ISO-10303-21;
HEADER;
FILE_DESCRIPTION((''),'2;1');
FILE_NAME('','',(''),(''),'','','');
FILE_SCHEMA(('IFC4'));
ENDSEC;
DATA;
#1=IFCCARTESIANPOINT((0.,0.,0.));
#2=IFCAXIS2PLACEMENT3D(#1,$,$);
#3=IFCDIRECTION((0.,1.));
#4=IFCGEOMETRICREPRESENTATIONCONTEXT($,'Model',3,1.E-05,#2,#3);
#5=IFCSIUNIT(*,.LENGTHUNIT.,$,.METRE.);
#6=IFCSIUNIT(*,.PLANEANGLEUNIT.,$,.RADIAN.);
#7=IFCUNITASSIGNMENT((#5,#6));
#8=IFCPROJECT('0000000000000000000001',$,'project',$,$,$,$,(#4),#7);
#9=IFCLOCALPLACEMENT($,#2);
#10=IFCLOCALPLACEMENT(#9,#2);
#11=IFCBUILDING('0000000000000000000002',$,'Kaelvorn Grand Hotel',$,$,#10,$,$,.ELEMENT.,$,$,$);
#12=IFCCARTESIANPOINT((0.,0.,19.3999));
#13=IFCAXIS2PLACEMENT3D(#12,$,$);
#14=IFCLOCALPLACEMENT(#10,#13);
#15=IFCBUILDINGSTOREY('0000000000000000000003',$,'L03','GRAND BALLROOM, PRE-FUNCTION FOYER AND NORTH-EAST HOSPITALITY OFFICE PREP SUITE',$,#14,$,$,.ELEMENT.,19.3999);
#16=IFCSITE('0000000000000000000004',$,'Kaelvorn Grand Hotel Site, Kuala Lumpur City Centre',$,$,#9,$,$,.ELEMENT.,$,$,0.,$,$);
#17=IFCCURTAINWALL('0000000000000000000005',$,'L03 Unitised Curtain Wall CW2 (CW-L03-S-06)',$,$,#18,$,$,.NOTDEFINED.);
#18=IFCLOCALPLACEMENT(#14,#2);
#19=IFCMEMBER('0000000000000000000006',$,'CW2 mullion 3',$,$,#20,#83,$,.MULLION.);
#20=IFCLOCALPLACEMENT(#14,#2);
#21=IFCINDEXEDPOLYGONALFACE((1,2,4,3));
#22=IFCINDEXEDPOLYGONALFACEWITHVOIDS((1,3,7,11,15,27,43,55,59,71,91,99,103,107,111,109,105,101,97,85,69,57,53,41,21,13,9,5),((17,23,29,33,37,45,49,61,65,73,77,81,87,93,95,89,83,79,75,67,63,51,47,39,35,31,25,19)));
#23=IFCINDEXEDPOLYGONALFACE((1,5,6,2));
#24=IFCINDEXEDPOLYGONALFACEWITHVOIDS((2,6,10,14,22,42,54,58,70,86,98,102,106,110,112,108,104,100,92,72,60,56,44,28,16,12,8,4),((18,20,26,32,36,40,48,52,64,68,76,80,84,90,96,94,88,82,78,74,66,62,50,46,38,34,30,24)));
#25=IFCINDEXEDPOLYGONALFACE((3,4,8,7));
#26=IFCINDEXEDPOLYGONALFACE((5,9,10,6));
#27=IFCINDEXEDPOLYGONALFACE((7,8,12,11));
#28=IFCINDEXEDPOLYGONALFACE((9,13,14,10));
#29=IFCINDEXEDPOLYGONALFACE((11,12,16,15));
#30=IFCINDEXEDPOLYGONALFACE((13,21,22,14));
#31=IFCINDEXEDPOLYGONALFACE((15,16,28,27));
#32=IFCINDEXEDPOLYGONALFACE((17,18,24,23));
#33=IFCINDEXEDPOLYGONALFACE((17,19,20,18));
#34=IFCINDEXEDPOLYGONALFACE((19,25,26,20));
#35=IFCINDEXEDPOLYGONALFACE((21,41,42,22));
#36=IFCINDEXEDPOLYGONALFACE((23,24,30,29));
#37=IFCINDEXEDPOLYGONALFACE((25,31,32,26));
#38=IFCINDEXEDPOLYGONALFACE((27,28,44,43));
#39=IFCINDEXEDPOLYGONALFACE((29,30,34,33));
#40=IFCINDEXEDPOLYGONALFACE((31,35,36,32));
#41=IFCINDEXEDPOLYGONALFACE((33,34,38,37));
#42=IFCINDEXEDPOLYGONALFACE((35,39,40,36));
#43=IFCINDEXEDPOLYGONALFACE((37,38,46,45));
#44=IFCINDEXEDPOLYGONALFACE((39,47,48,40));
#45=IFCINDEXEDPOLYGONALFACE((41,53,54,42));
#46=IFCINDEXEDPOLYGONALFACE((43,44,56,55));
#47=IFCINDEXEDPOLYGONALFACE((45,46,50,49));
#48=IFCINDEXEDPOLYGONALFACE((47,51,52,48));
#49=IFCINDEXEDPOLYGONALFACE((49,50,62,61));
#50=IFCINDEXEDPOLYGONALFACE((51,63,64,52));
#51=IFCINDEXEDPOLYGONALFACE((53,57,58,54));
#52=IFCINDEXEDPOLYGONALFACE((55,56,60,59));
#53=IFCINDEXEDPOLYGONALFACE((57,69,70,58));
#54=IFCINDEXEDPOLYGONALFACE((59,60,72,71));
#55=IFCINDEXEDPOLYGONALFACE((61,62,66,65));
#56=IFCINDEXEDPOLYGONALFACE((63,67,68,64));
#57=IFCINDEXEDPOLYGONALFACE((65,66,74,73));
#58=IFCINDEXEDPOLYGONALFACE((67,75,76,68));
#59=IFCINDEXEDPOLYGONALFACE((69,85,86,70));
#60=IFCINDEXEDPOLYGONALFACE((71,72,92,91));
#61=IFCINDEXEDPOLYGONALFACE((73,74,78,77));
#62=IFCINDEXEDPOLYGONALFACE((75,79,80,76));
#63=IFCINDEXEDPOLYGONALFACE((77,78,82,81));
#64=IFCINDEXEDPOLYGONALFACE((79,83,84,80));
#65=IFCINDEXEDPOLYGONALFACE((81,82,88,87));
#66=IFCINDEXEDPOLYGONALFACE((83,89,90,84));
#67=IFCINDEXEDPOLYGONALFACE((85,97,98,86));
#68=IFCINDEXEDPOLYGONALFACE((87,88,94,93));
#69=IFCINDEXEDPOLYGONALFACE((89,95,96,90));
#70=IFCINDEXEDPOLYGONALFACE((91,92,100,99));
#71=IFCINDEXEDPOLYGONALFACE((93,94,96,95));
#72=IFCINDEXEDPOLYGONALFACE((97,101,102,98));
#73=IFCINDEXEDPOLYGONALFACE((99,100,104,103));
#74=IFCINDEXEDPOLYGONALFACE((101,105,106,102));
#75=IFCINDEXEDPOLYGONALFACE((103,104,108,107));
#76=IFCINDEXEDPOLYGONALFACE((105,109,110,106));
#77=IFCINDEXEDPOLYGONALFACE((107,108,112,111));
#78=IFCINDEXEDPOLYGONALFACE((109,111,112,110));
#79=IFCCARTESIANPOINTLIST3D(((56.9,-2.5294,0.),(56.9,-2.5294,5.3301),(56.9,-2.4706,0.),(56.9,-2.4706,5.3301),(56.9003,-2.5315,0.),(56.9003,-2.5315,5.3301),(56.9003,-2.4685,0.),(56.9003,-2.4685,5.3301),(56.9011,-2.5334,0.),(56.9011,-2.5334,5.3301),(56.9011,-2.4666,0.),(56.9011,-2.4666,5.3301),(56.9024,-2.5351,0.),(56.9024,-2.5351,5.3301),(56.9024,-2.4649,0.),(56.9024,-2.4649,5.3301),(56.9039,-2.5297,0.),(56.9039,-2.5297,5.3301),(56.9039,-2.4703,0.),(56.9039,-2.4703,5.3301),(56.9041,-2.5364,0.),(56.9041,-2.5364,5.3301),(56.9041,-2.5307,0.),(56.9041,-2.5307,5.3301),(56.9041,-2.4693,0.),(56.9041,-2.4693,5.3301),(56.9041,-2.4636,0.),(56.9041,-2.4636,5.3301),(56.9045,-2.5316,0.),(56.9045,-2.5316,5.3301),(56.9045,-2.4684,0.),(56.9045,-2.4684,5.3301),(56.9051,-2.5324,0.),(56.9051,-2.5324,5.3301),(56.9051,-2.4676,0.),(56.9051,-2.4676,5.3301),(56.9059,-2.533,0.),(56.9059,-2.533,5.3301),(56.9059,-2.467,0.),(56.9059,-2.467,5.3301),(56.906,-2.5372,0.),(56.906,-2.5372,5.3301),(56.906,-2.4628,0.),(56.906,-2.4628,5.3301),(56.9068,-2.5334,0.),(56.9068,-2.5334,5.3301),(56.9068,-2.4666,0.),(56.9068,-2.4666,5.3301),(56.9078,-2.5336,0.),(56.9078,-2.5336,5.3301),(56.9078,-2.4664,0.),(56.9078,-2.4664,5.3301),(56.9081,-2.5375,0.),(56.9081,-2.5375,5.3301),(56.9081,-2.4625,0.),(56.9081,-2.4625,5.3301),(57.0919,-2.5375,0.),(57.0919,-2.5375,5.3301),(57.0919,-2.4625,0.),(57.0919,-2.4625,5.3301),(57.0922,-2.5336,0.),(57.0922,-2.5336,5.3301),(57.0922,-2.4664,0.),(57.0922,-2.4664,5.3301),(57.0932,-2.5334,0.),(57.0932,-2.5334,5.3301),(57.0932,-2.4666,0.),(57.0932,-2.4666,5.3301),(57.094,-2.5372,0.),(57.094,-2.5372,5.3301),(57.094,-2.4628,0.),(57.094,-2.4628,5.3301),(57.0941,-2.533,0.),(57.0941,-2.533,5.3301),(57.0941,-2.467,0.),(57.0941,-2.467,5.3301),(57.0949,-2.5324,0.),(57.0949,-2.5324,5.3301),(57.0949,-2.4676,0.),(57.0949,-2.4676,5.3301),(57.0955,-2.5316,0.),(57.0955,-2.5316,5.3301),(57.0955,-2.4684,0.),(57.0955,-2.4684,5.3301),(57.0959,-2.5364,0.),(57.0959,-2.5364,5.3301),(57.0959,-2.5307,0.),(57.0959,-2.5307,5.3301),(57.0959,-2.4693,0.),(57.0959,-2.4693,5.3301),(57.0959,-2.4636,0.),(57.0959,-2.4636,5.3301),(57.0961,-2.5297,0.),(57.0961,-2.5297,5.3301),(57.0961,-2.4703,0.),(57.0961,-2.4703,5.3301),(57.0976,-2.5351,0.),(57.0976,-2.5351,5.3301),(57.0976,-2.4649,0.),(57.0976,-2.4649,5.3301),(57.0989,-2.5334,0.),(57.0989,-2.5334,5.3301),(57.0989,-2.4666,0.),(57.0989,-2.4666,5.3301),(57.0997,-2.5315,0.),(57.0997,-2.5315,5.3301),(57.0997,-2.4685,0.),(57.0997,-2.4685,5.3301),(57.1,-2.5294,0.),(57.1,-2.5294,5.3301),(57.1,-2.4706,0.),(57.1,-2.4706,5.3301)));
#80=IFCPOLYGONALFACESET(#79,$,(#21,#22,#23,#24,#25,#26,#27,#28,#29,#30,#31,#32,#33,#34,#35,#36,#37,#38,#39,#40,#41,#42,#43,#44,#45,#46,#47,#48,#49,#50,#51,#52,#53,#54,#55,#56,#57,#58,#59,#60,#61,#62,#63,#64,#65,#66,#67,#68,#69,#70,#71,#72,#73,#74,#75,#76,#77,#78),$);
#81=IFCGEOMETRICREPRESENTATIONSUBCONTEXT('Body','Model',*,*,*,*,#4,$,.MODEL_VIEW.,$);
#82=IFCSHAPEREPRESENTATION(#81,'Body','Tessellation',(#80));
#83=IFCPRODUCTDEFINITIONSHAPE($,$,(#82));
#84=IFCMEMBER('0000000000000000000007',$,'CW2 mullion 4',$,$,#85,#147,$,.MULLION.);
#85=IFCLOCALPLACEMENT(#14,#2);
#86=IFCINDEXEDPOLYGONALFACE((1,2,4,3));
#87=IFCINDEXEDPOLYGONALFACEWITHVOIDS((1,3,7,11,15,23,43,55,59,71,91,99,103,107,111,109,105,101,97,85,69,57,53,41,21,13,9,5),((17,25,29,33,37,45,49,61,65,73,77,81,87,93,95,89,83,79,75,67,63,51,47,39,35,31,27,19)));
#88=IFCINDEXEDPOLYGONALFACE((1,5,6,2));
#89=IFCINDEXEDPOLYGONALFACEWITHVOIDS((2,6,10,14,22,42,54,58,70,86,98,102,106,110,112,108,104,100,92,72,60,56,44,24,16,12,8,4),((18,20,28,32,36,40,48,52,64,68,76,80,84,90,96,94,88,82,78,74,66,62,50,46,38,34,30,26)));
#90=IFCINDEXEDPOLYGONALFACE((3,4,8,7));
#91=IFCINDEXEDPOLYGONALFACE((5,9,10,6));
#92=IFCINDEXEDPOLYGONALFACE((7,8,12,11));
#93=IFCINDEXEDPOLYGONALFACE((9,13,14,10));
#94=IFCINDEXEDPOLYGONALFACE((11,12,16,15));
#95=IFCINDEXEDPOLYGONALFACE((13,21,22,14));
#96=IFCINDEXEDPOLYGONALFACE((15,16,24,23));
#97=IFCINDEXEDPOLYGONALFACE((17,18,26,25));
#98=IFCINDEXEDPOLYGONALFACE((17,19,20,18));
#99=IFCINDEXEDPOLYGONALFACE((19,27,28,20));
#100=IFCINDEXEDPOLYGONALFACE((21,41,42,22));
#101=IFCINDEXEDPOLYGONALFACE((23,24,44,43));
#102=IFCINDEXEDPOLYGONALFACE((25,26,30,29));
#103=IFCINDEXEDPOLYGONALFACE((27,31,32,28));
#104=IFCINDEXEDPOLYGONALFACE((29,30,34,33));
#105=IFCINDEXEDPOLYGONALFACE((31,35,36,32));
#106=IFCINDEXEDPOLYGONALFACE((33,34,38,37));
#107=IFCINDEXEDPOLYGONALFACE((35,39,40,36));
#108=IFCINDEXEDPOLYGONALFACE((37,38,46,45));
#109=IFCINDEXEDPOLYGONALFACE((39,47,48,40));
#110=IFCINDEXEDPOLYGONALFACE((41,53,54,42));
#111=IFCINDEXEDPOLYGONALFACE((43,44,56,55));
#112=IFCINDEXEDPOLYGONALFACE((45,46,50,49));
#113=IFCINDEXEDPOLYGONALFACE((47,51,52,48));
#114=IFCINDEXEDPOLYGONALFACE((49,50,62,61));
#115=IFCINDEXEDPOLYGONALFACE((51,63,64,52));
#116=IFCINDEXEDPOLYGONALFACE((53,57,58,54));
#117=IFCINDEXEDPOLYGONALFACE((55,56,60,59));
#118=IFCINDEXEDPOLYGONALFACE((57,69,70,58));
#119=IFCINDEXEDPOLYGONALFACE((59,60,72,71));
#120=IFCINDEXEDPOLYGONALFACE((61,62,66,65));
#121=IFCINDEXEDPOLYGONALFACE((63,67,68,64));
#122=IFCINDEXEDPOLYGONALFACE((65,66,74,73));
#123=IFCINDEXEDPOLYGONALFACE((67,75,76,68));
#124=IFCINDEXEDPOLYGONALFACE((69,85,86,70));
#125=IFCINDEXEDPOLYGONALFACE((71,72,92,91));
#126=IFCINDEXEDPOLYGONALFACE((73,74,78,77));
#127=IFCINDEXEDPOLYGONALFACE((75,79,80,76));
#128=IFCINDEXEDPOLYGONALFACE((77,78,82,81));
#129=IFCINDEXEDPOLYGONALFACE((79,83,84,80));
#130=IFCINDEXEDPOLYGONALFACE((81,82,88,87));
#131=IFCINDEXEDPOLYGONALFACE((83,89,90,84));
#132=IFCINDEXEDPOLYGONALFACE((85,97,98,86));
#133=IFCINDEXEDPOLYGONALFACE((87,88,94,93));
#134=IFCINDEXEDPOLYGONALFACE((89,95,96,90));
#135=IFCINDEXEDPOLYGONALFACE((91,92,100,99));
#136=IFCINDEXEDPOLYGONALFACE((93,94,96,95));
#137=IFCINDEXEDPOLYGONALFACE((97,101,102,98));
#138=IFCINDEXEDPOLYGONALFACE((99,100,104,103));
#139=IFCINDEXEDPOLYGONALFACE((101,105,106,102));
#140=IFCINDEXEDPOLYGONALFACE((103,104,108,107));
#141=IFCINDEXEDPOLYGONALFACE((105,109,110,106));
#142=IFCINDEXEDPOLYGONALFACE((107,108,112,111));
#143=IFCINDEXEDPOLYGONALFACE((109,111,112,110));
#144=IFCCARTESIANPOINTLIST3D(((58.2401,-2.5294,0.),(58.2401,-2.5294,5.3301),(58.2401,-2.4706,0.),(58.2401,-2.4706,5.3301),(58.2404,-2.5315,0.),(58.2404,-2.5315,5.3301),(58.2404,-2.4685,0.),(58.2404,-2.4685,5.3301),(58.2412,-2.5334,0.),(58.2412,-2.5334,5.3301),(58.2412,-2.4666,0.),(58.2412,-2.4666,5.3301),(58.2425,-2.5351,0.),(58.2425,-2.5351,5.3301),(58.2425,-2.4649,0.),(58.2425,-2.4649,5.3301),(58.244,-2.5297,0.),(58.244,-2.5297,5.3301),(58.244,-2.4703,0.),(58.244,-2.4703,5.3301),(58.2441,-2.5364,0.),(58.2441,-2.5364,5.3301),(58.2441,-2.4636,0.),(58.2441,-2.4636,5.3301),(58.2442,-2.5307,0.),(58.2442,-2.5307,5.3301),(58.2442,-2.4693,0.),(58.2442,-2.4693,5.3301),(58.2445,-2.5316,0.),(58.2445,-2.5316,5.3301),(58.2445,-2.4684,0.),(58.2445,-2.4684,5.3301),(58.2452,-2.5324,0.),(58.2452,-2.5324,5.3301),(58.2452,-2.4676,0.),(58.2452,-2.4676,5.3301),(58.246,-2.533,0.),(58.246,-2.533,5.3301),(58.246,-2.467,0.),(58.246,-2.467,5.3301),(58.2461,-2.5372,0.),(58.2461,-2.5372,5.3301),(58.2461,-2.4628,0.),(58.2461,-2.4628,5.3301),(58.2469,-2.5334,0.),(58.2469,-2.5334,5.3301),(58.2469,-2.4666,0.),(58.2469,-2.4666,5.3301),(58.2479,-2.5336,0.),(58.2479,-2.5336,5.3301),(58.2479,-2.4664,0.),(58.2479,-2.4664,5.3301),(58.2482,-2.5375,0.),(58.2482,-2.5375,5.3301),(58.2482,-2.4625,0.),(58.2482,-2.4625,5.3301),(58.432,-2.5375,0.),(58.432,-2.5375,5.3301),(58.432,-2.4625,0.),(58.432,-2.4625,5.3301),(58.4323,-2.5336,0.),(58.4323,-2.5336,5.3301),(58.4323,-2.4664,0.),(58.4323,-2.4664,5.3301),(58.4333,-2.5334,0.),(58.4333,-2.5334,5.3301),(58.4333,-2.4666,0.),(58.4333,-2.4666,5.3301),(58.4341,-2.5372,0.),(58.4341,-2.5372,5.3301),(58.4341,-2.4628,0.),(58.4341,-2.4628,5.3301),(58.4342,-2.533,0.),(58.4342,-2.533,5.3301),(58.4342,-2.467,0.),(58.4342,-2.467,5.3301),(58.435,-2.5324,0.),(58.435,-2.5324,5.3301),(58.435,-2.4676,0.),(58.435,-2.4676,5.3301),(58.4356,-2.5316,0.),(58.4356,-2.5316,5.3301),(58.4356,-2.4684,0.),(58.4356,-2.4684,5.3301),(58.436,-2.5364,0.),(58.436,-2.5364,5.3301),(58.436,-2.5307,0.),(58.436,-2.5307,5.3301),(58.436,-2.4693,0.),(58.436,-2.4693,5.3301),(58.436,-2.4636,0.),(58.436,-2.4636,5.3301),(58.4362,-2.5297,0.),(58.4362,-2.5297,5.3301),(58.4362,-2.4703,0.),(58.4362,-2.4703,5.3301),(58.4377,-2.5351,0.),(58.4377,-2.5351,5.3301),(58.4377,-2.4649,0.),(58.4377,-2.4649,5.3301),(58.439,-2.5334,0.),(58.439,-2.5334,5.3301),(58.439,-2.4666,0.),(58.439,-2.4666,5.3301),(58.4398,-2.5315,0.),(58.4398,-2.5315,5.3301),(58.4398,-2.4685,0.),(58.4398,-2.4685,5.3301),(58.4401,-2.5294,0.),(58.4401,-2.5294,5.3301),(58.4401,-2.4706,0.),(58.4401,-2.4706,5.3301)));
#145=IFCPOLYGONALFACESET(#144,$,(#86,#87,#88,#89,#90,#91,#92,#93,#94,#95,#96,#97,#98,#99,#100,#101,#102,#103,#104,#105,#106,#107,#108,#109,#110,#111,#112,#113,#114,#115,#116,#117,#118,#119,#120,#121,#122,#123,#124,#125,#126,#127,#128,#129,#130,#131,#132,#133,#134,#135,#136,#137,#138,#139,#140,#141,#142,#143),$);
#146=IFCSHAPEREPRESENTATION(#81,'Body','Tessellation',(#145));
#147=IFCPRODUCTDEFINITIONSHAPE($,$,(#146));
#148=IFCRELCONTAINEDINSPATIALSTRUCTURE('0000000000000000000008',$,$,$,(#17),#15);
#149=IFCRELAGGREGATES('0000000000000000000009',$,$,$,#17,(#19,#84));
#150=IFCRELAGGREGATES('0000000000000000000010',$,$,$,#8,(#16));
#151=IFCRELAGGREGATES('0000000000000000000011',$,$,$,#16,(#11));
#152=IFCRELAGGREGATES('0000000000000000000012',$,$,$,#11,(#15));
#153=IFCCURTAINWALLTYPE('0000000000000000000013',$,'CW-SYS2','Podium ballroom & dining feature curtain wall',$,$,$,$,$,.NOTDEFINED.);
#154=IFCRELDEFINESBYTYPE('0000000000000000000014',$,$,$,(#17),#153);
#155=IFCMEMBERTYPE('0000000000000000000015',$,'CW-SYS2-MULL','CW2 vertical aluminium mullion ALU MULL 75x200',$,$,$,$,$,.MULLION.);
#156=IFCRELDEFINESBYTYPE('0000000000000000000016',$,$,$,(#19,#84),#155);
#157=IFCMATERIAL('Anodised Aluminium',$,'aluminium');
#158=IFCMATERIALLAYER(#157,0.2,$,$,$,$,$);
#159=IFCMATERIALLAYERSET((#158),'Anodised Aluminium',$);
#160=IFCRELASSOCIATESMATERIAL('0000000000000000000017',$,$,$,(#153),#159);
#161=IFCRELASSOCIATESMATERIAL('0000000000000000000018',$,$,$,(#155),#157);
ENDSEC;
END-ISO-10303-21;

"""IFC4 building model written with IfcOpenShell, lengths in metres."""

from ifc_helpers import new_model, si_unit, direction, frame, origin, origin_2d, place, context, subcontext, project, spatial, hollow_rectangle, extrude, material, layer, layer_set, material_profile, profile_set, type_object, element, aggregate, save


model = new_model("IFC4")

# Units and contexts
model_context = context("Model", 3, precision=1e-05, world=origin(), true_north=direction((0.0, 1.0)))
body_context = subcontext(model_context, "Body", "Model", "MODEL_VIEW")
ifc_project = project(units=[si_unit("LENGTHUNIT", "METRE"), si_unit("PLANEANGLEUNIT", "RADIAN")], contexts=[model_context])

# Site, building, storey
site_placement = place(None, origin())
site = spatial("IfcSite", under=ifc_project, at=site_placement, Name="Kaelvorn Grand Hotel Site, Kuala Lumpur City Centre", CompositionType="ELEMENT", RefElevation=0.0)
building_placement = place(site_placement, origin())
building = spatial("IfcBuilding", under=site, at=building_placement, Name="Kaelvorn Grand Hotel", CompositionType="ELEMENT")
storey_placement = place(building_placement, frame((0.0, 0.0, 19.3999)))
storey = spatial("IfcBuildingStorey", under=building, at=storey_placement, Name="L03", Description="GRAND BALLROOM, PRE-FUNCTION FOYER AND NORTH-EAST HOSPITALITY OFFICE PREP SUITE", CompositionType="ELEMENT", Elevation=19.3999)

# Shared definitions
ifc_material_1 = material(Name="Anodised Aluminium", Category="aluminium")
ifc_layer_1 = layer(ifc_material_1, 0.2)
ifc_layer_set_1 = layer_set([ifc_layer_1], Name="Anodised Aluminium")
curtain_wall_type = type_object("IfcCurtainWallType", Name="CW-SYS2", Description="Podium ballroom & dining feature curtain wall", PredefinedType="NOTDEFINED", material=ifc_layer_set_1)
ifc_material_profile_1 = material_profile(ifc_material_1, hollow_rectangle(XDim=0.075, YDim=0.2, WallThickness=0.0039, InnerFilletRadius=0.0039, OuterFilletRadius=0.0081, at=origin_2d()), Name="ALU MULL 75x200")
ifc_profile_set_1 = profile_set([ifc_material_profile_1], Name="Anodised Aluminium")
member_type_1 = type_object("IfcMemberType", Name="CW-SYS2-MULL", Description="CW2 vertical aluminium mullion ALU MULL 75x200", PredefinedType="MULLION", material=ifc_profile_set_1)

# Curtain wall, members
curtain_wall_1_placement = place(storey_placement, origin())
curtain_wall_1 = element("IfcCurtainWall", 1, at=curtain_wall_1_placement, inside=storey, type_object=curtain_wall_type, Name="L03 Unitised Curtain Wall CW2 (CW-L03-S-06)", PredefinedType="NOTDEFINED")
member_1_placement = place(storey_placement, frame((57.0, -2.5, 0.0), z_axis=(0.0, 0.0, 1.0), x_axis=(0.0, 1.0, 0.0)))
member_1 = element("IfcMember", 2, at=member_1_placement, type_object=member_type_1, Name="CW2 mullion 3", PredefinedType="MULLION", context=body_context, shape_type="SweptSolid", body=[
    extrude(hollow_rectangle(XDim=0.075, YDim=0.2, WallThickness=0.0039, InnerFilletRadius=0.0039, OuterFilletRadius=0.0081, at=origin_2d()), origin(), (0.0, 0.0, 1.0), 5.3301),
])
member_2_placement = place(storey_placement, frame((58.3401, -2.5, 0.0), z_axis=(0.0, 0.0, 1.0), x_axis=(0.0, 1.0, 0.0)))
member_2 = element("IfcMember", 3, at=member_2_placement, type_object=member_type_1, Name="CW2 mullion 4", PredefinedType="MULLION", context=body_context, shape_type="SweptSolid", body=[
    extrude(hollow_rectangle(XDim=0.075, YDim=0.2, WallThickness=0.0039, InnerFilletRadius=0.0039, OuterFilletRadius=0.0081, at=origin_2d()), origin(), (0.0, 0.0, 1.0), 5.3301),
])

aggregate(curtain_wall_1, [member_1, member_2])

save(model, "model.ifc")
